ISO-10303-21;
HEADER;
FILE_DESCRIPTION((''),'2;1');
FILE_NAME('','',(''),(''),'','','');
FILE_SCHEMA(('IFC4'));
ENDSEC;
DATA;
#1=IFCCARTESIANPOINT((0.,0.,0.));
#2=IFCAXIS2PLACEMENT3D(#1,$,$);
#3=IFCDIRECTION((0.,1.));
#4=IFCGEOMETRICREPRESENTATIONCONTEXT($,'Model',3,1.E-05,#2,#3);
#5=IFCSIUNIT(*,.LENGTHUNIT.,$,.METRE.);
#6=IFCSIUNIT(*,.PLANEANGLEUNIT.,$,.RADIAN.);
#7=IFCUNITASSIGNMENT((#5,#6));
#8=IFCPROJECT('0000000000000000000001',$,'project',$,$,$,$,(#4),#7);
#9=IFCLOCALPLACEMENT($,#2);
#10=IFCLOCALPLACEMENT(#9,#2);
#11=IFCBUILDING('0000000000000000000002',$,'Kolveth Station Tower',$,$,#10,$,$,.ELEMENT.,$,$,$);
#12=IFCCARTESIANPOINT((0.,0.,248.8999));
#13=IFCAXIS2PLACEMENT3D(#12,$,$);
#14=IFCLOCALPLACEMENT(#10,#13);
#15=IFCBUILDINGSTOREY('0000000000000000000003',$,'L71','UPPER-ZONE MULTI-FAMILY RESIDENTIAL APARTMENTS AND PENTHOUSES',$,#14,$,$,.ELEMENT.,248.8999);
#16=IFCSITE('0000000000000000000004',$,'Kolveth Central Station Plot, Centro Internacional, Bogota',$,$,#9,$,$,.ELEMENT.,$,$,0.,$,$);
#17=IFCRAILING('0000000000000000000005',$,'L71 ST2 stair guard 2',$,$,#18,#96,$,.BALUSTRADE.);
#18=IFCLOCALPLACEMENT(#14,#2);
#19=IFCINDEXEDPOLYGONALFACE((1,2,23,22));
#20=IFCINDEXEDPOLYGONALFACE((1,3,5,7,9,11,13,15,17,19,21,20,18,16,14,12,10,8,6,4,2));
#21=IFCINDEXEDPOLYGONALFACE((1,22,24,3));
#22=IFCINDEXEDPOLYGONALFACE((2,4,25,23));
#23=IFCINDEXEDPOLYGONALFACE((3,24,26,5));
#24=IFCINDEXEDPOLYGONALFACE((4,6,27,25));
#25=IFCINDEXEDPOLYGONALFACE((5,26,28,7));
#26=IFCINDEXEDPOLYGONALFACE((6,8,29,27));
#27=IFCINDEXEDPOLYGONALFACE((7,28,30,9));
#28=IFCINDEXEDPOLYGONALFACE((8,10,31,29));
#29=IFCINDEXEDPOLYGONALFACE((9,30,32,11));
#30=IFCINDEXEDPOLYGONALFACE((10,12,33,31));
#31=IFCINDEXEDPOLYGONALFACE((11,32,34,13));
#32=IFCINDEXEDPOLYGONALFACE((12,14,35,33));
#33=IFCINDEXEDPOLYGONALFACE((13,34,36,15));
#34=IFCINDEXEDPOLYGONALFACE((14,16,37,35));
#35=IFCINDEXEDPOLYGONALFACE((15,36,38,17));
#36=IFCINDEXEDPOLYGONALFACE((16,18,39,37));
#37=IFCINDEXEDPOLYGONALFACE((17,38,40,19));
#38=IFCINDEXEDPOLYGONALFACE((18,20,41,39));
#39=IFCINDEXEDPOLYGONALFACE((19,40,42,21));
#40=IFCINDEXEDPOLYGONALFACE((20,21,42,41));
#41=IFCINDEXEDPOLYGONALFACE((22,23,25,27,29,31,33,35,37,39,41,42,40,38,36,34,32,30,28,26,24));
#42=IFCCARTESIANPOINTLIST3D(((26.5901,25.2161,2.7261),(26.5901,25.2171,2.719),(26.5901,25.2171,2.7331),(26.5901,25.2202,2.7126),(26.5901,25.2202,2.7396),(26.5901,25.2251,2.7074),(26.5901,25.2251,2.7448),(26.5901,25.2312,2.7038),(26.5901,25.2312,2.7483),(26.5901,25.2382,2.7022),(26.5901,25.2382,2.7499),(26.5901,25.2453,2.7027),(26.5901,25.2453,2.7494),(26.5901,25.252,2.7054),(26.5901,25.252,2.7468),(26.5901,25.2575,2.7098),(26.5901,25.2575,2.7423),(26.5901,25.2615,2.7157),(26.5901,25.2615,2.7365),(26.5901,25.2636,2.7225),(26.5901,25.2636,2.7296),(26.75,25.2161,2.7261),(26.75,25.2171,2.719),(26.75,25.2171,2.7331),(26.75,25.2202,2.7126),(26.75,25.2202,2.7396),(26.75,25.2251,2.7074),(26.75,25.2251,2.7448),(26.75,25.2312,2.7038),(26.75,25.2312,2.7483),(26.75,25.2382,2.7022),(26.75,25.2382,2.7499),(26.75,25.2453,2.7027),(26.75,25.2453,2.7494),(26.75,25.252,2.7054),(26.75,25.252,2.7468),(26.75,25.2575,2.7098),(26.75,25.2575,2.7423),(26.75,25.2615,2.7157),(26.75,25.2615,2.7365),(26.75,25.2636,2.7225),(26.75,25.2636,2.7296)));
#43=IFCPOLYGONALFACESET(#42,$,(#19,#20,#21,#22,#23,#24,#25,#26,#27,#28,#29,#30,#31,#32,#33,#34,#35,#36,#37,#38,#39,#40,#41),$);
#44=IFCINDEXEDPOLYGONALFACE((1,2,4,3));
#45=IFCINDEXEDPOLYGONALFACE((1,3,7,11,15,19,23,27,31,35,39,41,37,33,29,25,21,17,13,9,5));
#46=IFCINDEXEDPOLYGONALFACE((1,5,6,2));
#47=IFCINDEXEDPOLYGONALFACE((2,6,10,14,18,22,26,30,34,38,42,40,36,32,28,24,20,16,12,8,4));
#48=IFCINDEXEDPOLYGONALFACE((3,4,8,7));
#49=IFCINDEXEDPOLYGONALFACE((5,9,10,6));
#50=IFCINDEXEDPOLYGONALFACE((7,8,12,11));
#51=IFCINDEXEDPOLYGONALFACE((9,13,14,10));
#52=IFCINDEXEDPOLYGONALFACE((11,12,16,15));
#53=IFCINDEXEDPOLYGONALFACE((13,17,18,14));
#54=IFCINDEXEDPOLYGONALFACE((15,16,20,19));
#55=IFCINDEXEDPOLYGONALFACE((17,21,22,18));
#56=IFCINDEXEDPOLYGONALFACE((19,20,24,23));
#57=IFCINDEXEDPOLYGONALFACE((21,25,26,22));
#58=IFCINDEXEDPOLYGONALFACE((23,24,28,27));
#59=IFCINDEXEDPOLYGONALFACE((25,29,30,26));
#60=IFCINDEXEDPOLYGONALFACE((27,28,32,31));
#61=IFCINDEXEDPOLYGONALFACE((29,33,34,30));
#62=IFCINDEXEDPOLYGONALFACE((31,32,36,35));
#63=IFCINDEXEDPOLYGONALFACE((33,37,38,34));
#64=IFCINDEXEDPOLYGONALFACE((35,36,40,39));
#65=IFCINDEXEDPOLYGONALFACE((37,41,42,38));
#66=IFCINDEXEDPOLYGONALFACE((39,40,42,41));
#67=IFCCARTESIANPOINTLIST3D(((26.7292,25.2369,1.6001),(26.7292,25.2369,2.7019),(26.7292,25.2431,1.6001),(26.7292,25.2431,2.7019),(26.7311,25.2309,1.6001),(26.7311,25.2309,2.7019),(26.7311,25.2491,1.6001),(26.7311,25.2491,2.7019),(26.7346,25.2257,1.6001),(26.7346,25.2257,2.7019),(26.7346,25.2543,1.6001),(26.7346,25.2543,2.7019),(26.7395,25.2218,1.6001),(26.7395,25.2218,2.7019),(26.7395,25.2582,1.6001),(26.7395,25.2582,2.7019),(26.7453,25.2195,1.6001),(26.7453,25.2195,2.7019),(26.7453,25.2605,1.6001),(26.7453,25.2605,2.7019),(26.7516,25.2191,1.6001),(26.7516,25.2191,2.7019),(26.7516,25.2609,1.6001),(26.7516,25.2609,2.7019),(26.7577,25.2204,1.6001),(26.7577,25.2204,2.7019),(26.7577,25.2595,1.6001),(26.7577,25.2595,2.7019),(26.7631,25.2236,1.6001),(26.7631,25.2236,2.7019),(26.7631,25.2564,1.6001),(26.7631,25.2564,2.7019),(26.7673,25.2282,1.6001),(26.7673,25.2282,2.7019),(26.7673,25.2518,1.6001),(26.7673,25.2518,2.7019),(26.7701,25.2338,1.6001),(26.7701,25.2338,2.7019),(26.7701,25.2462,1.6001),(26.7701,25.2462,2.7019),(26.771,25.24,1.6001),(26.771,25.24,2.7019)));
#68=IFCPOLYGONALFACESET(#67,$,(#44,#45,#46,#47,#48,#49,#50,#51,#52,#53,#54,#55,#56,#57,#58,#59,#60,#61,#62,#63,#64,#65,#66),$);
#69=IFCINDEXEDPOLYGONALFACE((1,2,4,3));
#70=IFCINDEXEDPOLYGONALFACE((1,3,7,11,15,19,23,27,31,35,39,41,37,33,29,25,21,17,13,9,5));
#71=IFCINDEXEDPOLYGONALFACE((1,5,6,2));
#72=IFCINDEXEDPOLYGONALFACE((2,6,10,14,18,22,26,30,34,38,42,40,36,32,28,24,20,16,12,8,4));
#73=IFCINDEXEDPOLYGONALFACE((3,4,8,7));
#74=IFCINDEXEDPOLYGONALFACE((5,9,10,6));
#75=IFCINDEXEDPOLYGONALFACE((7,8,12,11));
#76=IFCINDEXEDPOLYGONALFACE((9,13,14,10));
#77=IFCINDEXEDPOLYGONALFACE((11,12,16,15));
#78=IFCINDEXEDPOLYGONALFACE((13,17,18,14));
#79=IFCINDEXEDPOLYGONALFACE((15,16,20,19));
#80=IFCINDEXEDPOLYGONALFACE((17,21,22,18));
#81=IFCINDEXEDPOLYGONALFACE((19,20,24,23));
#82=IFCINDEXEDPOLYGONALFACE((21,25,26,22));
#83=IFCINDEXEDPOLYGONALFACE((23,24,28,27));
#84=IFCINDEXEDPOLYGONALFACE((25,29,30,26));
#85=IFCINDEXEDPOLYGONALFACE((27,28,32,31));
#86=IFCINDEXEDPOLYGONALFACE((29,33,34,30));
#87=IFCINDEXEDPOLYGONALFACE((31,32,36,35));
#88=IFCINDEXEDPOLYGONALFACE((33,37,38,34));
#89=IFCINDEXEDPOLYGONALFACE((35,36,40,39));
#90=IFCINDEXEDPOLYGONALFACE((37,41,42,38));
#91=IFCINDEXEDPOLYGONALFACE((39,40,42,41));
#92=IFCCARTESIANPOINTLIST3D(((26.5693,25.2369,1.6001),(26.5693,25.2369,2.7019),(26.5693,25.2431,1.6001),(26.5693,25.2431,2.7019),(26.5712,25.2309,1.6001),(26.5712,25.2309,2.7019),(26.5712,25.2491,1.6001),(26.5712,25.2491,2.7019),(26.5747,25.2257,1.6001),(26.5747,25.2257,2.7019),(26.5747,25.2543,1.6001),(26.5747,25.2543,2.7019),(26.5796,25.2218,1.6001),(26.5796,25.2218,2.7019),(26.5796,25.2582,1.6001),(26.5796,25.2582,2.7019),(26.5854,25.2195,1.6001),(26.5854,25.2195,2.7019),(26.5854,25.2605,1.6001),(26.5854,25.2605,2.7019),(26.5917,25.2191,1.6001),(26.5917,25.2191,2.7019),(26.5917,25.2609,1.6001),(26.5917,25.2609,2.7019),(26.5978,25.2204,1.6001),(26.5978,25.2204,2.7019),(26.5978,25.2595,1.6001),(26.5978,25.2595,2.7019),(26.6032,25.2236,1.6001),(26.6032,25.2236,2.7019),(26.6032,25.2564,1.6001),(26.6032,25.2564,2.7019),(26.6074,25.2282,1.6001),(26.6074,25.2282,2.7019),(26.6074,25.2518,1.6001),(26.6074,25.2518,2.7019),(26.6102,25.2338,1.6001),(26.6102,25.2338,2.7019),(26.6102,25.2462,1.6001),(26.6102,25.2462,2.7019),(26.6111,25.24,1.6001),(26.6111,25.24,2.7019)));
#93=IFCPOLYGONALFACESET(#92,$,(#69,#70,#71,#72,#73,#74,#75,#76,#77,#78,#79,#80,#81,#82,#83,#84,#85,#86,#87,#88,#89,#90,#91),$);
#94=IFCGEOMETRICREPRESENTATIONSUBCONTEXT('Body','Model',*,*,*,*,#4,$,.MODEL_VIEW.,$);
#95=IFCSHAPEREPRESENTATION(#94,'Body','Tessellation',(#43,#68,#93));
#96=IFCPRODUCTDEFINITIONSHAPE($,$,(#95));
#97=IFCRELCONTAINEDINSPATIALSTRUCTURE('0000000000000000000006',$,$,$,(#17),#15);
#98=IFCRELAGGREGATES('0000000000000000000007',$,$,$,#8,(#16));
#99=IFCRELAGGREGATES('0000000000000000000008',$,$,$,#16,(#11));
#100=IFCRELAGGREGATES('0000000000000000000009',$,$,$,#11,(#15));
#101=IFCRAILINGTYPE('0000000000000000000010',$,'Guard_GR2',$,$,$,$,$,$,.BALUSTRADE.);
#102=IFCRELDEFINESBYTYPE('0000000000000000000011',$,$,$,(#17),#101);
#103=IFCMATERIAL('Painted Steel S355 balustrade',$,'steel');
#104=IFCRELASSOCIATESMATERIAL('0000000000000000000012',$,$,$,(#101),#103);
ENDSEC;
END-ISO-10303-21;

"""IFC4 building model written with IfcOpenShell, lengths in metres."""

from ifc_helpers import new_model, si_unit, direction, frame, origin, origin_2d, place, context, subcontext, project, spatial, circle, extrude, material, type_object, element, save


model = new_model("IFC4")

# Units and contexts
model_context = context("Model", 3, precision=1e-05, world=origin(), true_north=direction((0.0, 1.0)))
body_context = subcontext(model_context, "Body", "Model", "MODEL_VIEW")
ifc_project = project(units=[si_unit("LENGTHUNIT", "METRE"), si_unit("PLANEANGLEUNIT", "RADIAN")], contexts=[model_context])

# Site, building, storey
site_placement = place(None, origin())
site = spatial("IfcSite", under=ifc_project, at=site_placement, Name="Kolveth Central Station Plot, Centro Internacional, Bogota", CompositionType="ELEMENT", RefElevation=0.0)
building_placement = place(site_placement, origin())
building = spatial("IfcBuilding", under=site, at=building_placement, Name="Kolveth Station Tower", CompositionType="ELEMENT")
storey_placement = place(building_placement, frame((0.0, 0.0, 248.8999)))
storey = spatial("IfcBuildingStorey", under=building, at=storey_placement, Name="L71", Description="UPPER-ZONE MULTI-FAMILY RESIDENTIAL APARTMENTS AND PENTHOUSES", CompositionType="ELEMENT", Elevation=248.8999)

# Railing
ifc_material_1 = material(Name="Painted Steel S355 balustrade", Category="steel")
railing_type = type_object("IfcRailingType", Name="Guard_GR2", PredefinedType="BALUSTRADE", material=ifc_material_1)
railing_placement = place(storey_placement, frame((26.75, 25.24, 1.6001)))
element("IfcRailing", 1, at=railing_placement, inside=storey, type_object=railing_type, Name="L71 ST2 stair guard 2", PredefinedType="BALUSTRADE", context=body_context, shape_type="SweptSolid", body=[
    extrude(circle(Radius=0.0239, at=origin_2d()), frame((0.0, 0.0, 1.126), z_axis=(-1.0, 0.0, 0.0), x_axis=(0.0, -1.0, 0.0)), (0.0, 0.0, 1.0), 0.1599),
    extrude(circle(Radius=0.021, at=origin_2d()), origin(), (0.0, 0.0, 1.0), 1.1018),
    extrude(circle(Radius=0.021, at=origin_2d()), frame((-0.1599, 0.0, 0.0)), (0.0, 0.0, 1.0), 1.1018),
])

save(model, "model.ifc")
